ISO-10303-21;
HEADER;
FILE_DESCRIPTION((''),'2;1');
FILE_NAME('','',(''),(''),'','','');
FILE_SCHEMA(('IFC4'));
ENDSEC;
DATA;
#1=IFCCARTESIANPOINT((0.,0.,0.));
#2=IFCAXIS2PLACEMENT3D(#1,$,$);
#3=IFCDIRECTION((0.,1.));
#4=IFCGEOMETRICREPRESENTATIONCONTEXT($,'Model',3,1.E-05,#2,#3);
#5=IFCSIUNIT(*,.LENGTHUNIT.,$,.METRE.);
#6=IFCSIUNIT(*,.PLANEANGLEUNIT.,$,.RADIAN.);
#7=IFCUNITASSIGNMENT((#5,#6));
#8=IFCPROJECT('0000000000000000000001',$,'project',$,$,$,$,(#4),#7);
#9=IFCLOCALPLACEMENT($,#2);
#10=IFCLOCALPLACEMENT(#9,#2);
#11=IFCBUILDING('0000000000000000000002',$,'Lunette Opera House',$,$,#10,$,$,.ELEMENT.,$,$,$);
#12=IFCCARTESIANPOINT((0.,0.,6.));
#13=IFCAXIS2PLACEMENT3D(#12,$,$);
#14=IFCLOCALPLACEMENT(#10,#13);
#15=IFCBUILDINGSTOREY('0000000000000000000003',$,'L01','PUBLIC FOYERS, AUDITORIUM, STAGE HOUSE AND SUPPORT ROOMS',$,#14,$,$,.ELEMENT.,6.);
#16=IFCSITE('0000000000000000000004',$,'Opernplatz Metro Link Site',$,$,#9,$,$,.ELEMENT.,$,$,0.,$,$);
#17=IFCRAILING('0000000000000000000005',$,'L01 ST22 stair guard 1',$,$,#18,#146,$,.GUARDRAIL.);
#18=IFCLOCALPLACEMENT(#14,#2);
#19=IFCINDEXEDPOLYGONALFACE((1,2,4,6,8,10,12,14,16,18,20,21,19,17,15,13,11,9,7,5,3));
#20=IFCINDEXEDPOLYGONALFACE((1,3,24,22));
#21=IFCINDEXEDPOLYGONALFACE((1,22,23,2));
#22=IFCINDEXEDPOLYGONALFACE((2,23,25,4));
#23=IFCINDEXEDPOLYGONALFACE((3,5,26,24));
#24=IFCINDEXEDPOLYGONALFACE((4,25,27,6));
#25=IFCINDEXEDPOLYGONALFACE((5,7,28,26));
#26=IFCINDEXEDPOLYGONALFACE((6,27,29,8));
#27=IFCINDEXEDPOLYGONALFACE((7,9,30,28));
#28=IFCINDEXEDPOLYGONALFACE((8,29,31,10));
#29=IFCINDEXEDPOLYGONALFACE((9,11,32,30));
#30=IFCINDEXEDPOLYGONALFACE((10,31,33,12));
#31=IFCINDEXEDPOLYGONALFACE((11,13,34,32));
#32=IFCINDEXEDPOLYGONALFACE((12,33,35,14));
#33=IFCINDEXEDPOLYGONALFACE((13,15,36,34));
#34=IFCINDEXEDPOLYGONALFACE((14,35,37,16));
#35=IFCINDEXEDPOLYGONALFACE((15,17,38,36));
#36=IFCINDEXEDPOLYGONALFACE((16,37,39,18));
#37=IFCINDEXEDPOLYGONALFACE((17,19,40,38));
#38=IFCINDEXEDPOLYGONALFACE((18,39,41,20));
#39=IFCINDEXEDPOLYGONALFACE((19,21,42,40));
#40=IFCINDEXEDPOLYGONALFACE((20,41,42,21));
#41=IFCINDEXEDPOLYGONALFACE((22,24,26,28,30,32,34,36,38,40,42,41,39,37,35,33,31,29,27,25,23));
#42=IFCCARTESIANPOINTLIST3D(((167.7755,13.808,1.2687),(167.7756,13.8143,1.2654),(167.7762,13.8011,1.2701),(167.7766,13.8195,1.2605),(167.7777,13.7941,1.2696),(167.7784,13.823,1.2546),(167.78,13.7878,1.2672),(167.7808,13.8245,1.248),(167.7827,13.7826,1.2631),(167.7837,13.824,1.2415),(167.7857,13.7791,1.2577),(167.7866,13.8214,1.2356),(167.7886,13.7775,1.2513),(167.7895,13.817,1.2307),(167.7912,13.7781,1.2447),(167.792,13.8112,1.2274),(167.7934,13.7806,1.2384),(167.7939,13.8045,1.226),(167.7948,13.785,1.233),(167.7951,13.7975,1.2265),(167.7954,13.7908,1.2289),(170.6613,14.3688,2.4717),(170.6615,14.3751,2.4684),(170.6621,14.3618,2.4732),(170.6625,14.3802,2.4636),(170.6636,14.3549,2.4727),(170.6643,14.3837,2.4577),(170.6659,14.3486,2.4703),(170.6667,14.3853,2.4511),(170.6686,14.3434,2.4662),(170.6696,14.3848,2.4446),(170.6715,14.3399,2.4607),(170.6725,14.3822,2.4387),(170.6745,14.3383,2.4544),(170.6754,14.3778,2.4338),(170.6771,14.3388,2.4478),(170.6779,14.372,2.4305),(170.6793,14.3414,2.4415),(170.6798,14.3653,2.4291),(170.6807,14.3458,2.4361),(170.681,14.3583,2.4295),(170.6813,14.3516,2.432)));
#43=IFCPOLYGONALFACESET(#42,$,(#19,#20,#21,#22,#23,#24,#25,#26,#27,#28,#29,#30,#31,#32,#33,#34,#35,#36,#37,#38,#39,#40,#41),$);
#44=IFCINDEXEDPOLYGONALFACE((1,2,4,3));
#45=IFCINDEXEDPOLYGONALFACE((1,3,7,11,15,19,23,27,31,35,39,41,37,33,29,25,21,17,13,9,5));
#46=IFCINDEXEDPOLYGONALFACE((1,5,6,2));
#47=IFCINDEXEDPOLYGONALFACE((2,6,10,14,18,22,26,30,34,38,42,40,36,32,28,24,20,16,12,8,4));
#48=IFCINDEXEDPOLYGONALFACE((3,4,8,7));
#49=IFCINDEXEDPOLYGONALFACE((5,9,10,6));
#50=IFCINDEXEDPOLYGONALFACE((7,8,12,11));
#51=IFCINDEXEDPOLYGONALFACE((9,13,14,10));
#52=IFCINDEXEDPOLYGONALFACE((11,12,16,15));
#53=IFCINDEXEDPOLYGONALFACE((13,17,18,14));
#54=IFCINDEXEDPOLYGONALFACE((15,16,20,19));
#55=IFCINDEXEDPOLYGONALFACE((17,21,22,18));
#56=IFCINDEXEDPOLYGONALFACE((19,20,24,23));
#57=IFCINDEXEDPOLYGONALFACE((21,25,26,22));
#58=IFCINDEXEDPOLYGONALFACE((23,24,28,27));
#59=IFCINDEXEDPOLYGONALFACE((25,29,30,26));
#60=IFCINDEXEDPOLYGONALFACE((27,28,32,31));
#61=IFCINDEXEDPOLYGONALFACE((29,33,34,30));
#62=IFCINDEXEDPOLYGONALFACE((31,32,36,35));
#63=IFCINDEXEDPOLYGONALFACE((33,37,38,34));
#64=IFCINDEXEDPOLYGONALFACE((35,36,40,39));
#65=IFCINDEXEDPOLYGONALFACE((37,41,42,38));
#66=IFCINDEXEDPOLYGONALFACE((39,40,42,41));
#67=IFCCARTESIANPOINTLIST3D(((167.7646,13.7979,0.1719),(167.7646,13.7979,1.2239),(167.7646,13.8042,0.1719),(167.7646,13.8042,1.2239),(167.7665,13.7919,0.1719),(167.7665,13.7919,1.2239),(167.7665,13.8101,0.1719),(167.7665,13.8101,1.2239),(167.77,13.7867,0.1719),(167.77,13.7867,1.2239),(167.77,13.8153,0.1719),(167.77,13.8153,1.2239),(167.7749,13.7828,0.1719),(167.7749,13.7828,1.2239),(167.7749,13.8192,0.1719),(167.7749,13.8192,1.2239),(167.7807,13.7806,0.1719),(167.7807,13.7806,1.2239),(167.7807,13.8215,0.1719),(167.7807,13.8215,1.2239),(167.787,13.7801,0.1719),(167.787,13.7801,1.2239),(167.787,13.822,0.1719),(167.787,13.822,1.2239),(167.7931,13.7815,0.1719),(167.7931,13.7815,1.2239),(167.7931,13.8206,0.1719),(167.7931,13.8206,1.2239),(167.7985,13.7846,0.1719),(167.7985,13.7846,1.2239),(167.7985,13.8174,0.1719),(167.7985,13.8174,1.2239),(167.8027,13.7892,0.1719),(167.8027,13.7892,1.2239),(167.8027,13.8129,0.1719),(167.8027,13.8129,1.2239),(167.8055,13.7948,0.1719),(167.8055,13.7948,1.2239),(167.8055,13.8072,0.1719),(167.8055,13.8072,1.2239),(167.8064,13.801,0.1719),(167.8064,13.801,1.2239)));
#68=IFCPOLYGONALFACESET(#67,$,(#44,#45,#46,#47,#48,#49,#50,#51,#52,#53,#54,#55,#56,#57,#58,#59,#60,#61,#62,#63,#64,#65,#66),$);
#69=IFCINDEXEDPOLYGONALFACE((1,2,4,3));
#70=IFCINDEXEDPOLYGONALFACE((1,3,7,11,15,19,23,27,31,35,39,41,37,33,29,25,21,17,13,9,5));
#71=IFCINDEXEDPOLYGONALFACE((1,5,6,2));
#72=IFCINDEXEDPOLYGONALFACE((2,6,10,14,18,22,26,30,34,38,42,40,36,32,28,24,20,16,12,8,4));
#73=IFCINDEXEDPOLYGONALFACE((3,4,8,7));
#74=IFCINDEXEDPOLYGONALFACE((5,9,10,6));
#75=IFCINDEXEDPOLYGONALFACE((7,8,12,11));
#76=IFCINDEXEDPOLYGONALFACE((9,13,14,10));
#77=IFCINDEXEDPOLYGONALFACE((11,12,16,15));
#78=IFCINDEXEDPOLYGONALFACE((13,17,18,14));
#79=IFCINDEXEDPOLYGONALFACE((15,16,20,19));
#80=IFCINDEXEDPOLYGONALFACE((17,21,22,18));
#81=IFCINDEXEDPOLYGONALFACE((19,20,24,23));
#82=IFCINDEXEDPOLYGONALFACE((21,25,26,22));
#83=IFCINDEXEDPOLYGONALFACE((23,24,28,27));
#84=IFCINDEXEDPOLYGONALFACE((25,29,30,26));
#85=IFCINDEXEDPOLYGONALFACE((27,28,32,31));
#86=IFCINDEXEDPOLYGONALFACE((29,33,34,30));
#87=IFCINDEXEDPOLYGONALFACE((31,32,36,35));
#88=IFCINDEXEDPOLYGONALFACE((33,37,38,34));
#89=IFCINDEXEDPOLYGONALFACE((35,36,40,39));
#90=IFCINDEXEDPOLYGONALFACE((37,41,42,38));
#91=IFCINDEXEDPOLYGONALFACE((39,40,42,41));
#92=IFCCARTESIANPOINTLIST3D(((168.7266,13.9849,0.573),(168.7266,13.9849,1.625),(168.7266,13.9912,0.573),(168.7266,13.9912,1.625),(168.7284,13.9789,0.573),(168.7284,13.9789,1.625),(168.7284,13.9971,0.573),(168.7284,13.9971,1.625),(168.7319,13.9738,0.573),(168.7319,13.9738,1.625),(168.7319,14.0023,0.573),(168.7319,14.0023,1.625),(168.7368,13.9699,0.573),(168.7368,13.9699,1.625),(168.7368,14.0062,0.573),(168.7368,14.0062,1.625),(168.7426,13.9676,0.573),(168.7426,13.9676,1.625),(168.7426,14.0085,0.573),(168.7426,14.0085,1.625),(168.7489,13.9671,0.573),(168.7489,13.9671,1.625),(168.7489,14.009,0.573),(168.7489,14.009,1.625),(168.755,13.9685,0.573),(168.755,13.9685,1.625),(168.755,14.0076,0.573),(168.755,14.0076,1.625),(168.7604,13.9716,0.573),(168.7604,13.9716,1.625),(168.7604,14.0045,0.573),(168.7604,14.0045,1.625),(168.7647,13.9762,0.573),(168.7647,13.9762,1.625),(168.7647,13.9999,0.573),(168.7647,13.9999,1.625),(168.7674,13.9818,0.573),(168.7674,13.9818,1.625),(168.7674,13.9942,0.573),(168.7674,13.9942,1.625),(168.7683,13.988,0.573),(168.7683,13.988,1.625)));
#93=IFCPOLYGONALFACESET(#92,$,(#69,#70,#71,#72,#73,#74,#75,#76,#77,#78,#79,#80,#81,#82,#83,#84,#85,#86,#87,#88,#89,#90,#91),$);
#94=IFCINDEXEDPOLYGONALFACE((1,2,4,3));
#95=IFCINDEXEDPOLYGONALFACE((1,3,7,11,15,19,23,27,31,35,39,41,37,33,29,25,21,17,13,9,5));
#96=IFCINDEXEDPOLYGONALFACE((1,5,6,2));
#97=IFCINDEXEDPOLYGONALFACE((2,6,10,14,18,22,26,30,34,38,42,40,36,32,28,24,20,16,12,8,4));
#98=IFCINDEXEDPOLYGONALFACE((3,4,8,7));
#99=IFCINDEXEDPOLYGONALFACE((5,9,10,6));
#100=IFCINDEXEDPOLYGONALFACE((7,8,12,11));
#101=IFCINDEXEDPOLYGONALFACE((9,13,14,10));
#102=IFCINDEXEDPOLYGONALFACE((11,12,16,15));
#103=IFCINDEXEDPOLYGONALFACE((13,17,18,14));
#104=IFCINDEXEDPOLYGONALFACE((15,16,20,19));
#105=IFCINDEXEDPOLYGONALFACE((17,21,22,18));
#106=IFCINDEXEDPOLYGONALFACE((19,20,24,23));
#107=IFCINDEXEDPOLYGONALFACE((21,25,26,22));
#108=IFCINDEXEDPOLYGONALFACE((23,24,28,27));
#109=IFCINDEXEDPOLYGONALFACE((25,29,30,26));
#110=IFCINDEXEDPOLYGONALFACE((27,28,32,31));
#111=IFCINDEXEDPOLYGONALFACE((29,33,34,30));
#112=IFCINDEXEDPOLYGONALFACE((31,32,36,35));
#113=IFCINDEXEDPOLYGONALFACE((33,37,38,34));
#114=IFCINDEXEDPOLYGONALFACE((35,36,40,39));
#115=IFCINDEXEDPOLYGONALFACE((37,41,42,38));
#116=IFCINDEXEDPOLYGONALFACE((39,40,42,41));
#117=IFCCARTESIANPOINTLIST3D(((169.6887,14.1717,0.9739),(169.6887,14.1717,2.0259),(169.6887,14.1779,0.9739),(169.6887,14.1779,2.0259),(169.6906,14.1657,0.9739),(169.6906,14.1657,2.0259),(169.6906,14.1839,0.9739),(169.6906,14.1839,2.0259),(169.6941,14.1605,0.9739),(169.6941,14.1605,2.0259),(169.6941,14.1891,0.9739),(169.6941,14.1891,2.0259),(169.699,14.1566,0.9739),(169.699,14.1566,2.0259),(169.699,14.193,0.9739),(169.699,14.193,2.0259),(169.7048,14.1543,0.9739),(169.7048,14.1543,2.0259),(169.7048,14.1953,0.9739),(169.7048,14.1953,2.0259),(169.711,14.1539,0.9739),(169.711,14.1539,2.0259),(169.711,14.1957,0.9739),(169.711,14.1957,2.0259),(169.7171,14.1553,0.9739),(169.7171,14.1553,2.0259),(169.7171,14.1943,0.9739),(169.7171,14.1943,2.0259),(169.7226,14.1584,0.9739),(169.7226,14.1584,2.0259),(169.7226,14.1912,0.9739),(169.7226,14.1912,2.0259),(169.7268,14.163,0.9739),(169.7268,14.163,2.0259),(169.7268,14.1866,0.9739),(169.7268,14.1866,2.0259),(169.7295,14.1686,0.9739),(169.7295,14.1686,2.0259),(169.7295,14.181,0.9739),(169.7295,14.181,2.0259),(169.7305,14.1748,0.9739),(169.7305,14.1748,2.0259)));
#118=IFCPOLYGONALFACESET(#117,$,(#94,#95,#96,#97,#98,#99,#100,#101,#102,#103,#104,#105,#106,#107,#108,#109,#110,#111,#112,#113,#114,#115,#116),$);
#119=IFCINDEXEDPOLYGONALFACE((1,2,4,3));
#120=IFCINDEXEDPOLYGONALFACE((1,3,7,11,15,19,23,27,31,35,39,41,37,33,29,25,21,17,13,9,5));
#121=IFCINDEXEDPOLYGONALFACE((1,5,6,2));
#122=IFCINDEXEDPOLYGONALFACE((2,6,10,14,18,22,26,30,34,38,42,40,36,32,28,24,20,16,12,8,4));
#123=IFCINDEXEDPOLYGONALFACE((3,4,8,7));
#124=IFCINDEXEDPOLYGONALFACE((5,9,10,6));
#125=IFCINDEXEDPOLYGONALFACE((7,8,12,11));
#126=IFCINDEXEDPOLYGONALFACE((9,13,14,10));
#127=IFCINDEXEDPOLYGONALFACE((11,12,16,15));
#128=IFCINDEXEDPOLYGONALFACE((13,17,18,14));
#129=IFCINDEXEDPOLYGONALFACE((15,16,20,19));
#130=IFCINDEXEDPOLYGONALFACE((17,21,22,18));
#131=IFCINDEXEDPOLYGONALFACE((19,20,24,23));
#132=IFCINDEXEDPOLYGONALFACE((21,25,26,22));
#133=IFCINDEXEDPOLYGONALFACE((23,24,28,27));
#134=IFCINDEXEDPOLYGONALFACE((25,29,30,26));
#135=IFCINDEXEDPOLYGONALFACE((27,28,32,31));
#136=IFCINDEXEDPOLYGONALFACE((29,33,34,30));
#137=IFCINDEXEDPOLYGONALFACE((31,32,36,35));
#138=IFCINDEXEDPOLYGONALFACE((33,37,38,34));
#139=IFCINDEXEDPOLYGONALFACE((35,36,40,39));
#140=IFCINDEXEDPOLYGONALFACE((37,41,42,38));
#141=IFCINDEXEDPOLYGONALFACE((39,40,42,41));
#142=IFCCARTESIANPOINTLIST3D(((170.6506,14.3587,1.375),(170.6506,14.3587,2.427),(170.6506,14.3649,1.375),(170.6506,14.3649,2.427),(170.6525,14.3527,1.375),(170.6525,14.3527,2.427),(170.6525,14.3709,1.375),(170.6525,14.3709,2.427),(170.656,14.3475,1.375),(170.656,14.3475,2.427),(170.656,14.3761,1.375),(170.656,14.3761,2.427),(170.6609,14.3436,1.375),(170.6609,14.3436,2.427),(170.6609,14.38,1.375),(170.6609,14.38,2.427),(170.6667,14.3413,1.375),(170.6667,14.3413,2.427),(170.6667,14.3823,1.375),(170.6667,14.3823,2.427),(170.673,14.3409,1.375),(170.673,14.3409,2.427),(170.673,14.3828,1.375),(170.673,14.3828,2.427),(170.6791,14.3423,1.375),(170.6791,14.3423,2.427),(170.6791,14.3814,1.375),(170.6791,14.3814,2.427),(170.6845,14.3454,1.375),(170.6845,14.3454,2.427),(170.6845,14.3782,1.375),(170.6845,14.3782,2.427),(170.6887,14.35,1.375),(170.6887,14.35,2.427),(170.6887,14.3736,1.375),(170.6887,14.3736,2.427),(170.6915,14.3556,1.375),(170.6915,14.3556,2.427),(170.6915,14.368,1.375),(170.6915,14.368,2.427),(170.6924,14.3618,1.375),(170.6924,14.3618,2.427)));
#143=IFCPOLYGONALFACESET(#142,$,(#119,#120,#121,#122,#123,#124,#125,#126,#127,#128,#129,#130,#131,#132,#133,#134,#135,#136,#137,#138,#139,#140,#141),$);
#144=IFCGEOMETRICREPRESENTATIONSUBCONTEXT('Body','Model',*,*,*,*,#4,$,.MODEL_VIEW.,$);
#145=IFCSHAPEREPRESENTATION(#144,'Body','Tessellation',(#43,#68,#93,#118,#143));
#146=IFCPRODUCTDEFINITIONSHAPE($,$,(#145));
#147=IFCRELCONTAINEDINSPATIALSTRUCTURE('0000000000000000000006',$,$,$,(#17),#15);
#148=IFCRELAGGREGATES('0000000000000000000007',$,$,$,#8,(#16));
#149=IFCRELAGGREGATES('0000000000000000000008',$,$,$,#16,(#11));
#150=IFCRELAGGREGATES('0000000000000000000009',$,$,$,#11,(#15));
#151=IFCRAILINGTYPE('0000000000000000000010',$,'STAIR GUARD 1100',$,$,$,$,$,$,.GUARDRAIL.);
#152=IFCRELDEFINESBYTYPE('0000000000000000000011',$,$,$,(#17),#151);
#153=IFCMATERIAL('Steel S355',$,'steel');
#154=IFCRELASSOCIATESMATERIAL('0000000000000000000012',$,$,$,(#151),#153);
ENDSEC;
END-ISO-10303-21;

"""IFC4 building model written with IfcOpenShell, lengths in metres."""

from ifc_helpers import new_model, si_unit, direction, frame, origin, origin_2d, place, context, subcontext, project, spatial, circle, extrude, material, type_object, element, save


model = new_model("IFC4")

# Units and contexts
model_context = context("Model", 3, precision=1e-05, world=origin(), true_north=direction((0.0, 1.0)))
body_context = subcontext(model_context, "Body", "Model", "MODEL_VIEW")
ifc_project = project(units=[si_unit("LENGTHUNIT", "METRE"), si_unit("PLANEANGLEUNIT", "RADIAN")], contexts=[model_context])

# Site, building, storey
site_placement = place(None, origin())
site = spatial("IfcSite", under=ifc_project, at=site_placement, Name="Opernplatz Metro Link Site", CompositionType="ELEMENT", RefElevation=0.0)
building_placement = place(site_placement, origin())
building = spatial("IfcBuilding", under=site, at=building_placement, Name="Lunette Opera House", CompositionType="ELEMENT")
storey_placement = place(building_placement, frame((0.0, 0.0, 6.0)))
storey = spatial("IfcBuildingStorey", under=building, at=storey_placement, Name="L01", Description="PUBLIC FOYERS, AUDITORIUM, STAGE HOUSE AND SUPPORT ROOMS", CompositionType="ELEMENT", Elevation=6.0)

# Railing
ifc_material_1 = material(Name="Steel S355", Category="steel")
railing_type_1 = type_object("IfcRailingType", Name="STAIR GUARD 1100", PredefinedType="GUARDRAIL", material=ifc_material_1)
railing_1_placement = place(storey_placement, frame((167.7854, 13.801, 0.1719)))
element("IfcRailing", 1, at=railing_1_placement, inside=storey, type_object=railing_type_1, Name="L01 ST22 stair guard 1", PredefinedType="GUARDRAIL", context=body_context, shape_type="SweptSolid", body=[
    extrude(circle(Radius=0.0239, at=origin_2d()), frame((0.0, 0.0, 1.0762), z_axis=(0.908509, 0.176537, 0.378744), x_axis=(-0.190747, 0.981639, 0.0)), (0.0, 0.0, 1.0), 3.1765),
    extrude(circle(Radius=0.021, at=origin_2d()), origin(), (0.0, 0.0, 1.0), 1.052),
    extrude(circle(Radius=0.021, at=origin_2d()), frame((0.9619, 0.187, 0.4011)), (0.0, 0.0, 1.0), 1.052),
    extrude(circle(Radius=0.021, at=origin_2d()), frame((1.9241, 0.3738, 0.802)), (0.0, 0.0, 1.0), 1.052),
    extrude(circle(Radius=0.021, at=origin_2d()), frame((2.886, 0.5608, 1.2031)), (0.0, 0.0, 1.0), 1.052),
])

save(model, "model.ifc")
